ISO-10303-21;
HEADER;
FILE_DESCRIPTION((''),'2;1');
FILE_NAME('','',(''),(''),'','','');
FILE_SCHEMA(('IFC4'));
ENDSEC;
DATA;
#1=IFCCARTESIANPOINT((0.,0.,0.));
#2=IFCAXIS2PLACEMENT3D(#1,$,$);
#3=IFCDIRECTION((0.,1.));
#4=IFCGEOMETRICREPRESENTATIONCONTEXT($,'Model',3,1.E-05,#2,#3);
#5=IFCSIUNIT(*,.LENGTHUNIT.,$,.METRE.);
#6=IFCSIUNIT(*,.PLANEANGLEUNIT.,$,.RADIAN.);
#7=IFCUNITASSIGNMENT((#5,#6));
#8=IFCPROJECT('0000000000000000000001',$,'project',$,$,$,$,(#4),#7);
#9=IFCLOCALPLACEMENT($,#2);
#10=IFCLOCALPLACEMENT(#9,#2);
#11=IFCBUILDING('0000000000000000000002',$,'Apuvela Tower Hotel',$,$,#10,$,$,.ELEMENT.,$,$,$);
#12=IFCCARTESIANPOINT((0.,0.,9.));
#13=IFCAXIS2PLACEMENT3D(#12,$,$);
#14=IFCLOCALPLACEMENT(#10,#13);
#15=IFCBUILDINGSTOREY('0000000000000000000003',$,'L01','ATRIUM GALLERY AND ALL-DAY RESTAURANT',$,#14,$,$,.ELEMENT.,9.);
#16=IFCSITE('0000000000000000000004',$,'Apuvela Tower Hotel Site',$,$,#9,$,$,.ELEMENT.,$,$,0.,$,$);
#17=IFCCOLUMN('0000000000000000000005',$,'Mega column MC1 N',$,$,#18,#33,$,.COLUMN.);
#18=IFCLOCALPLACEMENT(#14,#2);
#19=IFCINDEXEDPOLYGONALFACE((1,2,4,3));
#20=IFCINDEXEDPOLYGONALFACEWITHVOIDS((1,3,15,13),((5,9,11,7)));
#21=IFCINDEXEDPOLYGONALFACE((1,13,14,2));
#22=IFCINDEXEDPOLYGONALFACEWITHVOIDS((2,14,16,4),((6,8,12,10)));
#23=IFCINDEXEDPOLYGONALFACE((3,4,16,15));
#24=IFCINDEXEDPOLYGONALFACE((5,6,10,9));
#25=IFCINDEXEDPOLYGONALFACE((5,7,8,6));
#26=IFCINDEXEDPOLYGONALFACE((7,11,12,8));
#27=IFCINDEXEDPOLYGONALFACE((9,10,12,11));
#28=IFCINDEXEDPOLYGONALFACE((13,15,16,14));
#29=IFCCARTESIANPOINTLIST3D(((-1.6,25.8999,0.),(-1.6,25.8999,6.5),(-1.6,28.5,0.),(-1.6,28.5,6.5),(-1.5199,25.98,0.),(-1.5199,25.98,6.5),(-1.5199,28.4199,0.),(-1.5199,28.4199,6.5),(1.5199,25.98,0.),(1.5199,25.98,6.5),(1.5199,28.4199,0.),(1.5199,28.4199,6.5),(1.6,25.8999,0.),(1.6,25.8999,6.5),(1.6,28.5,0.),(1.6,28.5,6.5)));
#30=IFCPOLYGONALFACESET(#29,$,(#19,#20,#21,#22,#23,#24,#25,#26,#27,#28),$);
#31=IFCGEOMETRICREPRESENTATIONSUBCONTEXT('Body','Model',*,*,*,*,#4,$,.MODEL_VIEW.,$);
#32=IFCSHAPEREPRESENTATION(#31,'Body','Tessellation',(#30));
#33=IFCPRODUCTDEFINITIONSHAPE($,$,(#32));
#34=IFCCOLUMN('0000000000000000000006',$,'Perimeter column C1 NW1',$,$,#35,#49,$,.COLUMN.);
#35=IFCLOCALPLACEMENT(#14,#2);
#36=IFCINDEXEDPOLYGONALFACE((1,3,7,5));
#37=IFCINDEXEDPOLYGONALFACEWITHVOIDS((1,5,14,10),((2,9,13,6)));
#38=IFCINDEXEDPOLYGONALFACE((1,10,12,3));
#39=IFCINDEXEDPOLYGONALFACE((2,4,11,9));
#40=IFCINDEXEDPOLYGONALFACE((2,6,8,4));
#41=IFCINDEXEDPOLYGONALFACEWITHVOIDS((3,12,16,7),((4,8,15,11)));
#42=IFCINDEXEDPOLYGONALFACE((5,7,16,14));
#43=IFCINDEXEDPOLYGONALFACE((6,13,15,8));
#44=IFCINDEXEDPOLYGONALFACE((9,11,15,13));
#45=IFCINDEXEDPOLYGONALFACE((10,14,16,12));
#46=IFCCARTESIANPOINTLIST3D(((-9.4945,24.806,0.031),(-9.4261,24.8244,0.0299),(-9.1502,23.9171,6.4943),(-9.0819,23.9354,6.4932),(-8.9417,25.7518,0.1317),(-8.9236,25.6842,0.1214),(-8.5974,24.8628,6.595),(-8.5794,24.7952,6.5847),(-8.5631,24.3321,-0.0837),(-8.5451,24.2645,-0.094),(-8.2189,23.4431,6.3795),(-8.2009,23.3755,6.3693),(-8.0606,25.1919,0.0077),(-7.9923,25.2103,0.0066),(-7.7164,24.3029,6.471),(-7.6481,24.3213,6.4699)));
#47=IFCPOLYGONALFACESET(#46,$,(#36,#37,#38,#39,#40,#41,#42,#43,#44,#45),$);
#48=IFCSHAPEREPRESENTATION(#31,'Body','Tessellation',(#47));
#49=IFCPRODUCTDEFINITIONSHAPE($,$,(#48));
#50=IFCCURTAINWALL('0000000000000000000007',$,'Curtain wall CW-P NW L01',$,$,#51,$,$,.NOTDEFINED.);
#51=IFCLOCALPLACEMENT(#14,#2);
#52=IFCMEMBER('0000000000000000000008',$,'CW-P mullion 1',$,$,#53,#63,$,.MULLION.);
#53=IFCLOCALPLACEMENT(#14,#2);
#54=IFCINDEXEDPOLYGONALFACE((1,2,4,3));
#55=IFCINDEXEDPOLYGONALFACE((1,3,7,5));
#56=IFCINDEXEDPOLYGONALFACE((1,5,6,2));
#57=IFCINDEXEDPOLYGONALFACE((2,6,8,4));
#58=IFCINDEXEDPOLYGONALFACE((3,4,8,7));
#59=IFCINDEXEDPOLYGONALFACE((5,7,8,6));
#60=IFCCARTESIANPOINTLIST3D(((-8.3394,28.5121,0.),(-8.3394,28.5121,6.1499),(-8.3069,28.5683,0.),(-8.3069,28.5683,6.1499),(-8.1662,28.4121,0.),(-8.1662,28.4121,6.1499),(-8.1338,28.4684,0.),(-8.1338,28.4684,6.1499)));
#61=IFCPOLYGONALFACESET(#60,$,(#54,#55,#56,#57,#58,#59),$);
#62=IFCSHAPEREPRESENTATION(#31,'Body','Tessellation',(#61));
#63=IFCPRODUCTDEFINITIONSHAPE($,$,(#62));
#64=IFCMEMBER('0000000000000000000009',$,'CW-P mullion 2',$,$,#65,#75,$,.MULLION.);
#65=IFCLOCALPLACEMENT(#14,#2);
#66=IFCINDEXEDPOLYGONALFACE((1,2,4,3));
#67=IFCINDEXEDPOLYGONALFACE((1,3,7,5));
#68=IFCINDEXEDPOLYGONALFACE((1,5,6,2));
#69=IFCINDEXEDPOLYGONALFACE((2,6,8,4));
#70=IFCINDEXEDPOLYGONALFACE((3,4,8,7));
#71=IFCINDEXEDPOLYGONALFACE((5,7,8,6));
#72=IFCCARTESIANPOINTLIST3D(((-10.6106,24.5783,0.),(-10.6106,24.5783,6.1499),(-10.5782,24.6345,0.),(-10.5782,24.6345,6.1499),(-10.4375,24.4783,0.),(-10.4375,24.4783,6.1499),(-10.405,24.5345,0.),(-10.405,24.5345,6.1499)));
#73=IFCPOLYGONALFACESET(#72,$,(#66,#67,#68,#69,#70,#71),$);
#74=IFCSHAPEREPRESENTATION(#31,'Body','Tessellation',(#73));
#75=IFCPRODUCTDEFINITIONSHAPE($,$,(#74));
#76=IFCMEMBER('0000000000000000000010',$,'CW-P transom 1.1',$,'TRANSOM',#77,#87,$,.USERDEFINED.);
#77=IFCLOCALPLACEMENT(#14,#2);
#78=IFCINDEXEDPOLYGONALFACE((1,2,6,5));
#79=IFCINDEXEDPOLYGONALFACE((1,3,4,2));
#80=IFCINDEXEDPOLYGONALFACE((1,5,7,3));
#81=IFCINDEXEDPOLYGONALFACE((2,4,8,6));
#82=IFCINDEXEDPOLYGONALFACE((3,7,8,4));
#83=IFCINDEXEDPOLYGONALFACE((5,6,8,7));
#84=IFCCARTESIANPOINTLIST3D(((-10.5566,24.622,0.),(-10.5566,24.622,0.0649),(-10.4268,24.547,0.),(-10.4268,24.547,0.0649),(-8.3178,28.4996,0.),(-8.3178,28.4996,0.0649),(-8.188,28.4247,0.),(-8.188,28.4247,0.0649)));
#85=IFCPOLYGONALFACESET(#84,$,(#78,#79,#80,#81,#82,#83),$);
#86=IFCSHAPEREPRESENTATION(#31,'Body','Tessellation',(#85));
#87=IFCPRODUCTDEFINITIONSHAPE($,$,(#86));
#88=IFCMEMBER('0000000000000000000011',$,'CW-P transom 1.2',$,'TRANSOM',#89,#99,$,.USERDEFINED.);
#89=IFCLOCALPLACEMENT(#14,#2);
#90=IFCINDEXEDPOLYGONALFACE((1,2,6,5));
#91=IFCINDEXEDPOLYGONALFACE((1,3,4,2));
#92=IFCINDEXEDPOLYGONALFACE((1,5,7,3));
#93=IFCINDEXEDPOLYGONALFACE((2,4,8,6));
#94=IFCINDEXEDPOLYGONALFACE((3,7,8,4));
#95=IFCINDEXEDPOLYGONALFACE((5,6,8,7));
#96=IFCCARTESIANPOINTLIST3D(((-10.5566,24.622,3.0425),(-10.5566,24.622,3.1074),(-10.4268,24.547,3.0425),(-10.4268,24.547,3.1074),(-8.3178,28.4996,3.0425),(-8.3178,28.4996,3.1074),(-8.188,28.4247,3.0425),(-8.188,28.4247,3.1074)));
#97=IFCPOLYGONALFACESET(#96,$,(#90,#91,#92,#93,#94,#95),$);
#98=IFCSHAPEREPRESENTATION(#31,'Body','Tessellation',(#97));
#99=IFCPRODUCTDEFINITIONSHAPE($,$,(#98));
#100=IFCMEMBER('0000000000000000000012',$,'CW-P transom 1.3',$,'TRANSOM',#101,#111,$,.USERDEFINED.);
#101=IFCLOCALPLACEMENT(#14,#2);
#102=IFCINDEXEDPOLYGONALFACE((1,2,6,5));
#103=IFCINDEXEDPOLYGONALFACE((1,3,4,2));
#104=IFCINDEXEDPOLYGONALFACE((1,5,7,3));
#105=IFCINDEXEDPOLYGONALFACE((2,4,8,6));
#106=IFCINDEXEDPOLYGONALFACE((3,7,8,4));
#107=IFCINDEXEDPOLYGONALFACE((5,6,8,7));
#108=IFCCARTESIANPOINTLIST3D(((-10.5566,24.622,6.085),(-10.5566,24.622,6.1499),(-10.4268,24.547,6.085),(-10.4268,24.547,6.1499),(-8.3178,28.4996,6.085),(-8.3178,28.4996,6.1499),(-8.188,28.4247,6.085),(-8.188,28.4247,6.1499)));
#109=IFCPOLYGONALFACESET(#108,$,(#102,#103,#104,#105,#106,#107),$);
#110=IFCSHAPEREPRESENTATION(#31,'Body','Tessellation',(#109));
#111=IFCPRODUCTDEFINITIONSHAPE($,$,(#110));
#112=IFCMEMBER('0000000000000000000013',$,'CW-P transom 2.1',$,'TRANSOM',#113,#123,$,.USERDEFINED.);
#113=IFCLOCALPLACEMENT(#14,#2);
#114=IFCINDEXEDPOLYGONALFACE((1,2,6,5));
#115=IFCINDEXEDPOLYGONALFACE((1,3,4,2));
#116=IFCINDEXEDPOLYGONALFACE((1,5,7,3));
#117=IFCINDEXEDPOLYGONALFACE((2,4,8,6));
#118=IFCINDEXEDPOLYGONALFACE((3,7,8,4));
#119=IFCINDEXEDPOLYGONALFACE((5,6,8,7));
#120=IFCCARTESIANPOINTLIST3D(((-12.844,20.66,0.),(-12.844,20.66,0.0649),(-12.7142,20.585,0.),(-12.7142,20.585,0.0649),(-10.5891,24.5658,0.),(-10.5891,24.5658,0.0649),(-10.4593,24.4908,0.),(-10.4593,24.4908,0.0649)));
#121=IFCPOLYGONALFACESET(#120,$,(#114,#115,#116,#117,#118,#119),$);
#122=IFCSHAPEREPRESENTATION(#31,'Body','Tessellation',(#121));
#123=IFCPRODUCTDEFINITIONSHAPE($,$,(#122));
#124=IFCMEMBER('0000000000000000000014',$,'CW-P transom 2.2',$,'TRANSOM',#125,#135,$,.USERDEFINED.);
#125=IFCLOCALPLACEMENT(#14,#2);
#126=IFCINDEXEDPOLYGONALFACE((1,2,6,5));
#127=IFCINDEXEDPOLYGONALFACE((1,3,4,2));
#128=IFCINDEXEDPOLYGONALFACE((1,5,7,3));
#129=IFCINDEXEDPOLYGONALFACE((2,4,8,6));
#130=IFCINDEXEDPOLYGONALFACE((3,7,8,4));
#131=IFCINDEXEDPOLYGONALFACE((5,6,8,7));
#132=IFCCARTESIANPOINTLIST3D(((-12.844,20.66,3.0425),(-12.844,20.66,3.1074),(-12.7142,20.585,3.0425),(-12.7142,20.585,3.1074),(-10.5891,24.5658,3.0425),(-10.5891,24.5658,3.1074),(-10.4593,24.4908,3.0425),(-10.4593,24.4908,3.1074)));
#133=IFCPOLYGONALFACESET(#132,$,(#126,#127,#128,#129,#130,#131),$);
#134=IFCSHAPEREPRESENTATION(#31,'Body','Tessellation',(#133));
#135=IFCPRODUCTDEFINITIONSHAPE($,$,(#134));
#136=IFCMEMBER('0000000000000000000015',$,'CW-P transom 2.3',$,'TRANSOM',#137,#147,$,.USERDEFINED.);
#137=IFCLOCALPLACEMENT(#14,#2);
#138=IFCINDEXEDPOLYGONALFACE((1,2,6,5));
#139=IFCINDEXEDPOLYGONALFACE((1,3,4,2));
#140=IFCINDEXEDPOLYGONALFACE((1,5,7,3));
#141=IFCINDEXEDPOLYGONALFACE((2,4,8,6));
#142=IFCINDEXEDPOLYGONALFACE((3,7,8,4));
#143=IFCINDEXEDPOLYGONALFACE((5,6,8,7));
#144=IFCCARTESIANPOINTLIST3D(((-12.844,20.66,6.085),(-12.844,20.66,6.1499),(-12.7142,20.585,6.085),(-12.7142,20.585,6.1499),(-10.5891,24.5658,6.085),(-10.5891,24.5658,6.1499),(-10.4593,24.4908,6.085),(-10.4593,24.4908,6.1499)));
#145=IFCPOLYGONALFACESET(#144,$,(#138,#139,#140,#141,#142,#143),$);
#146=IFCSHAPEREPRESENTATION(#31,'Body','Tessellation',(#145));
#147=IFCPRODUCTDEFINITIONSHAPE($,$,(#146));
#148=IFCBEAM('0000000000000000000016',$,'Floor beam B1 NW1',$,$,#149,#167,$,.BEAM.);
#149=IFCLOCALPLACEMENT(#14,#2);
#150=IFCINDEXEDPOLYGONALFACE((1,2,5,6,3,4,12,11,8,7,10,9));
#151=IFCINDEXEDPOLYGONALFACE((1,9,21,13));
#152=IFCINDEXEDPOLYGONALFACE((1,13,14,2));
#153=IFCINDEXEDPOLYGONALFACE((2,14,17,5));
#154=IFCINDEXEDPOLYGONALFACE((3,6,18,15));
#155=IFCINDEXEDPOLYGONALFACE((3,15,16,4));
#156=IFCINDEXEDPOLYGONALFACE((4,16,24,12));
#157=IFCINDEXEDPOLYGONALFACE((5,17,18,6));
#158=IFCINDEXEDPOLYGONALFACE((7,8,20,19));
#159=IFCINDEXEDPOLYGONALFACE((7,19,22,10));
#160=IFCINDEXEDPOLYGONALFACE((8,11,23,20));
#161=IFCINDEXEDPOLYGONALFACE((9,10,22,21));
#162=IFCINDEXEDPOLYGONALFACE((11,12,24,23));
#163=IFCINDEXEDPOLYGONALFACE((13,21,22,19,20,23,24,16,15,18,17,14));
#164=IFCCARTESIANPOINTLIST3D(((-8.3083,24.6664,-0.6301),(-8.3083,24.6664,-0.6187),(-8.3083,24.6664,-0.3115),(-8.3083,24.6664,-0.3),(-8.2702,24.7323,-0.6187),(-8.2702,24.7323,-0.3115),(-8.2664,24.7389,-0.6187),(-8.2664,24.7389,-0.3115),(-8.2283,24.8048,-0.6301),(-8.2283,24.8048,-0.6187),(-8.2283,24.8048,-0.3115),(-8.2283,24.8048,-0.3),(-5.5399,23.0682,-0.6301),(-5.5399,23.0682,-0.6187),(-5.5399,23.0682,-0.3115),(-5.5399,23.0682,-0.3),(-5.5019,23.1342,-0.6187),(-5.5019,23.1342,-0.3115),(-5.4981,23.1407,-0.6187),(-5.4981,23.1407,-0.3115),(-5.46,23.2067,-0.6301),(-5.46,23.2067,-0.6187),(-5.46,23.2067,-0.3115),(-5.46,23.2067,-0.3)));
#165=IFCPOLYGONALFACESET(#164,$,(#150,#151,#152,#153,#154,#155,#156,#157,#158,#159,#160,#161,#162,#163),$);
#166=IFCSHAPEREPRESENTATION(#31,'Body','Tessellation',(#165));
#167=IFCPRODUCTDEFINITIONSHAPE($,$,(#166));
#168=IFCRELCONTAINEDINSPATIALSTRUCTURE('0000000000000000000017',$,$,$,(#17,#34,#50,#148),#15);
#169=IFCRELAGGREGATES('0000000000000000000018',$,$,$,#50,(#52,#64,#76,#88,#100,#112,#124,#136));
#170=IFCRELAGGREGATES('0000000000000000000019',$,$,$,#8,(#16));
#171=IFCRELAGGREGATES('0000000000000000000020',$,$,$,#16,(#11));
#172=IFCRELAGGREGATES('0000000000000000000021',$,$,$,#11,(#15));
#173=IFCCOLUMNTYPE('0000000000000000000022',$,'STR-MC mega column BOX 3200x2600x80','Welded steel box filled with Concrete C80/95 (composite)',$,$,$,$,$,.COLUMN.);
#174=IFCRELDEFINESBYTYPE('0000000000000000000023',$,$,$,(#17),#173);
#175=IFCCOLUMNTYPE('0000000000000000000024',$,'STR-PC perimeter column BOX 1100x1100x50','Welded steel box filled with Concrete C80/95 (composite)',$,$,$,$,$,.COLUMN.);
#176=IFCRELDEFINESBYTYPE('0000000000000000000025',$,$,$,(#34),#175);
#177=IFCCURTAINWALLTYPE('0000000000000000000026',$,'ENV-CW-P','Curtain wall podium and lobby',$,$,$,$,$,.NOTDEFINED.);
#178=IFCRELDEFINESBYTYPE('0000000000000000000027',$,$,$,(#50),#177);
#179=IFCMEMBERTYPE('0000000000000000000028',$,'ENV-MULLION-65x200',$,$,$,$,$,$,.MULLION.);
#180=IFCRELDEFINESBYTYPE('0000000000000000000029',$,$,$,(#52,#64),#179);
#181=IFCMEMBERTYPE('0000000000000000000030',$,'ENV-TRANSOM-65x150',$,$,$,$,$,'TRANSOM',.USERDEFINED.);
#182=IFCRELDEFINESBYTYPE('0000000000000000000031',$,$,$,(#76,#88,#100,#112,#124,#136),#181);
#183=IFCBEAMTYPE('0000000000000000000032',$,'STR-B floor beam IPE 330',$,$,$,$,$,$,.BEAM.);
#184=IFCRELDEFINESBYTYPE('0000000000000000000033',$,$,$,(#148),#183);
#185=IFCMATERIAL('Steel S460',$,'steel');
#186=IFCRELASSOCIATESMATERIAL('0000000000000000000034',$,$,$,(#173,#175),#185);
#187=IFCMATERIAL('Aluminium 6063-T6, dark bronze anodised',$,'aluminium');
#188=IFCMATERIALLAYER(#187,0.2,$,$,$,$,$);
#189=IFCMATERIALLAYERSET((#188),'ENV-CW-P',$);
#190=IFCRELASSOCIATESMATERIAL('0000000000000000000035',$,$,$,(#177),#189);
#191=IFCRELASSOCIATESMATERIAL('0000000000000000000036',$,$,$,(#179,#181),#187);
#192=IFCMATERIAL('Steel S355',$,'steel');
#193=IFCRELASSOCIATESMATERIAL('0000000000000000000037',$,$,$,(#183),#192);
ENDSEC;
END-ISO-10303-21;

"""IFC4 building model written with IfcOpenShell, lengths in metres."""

from ifc_helpers import new_model, si_unit, direction, frame, origin, origin_2d, place, context, subcontext, project, spatial, rectangle, hollow_rectangle, i_section, extrude, boolean, halfspace, material, layer, layer_set, material_profile, profile_set, type_object, element, aggregate, save


model = new_model("IFC4")

# Units and contexts
model_context = context("Model", 3, precision=1e-05, world=origin(), true_north=direction((0.0, 1.0)))
body_context = subcontext(model_context, "Body", "Model", "MODEL_VIEW")
ifc_project = project(units=[si_unit("LENGTHUNIT", "METRE"), si_unit("PLANEANGLEUNIT", "RADIAN")], contexts=[model_context])

# Site, building, storey
site_placement = place(None, origin())
site = spatial("IfcSite", under=ifc_project, at=site_placement, Name="Apuvela Tower Hotel Site", CompositionType="ELEMENT", RefElevation=0.0)
building_placement = place(site_placement, origin())
building = spatial("IfcBuilding", under=site, at=building_placement, Name="Apuvela Tower Hotel", CompositionType="ELEMENT")
storey_placement = place(building_placement, frame((0.0, 0.0, 9.0)))
storey = spatial("IfcBuildingStorey", under=building, at=storey_placement, Name="L01", Description="ATRIUM GALLERY AND ALL-DAY RESTAURANT", CompositionType="ELEMENT", Elevation=9.0)

# Columns
ifc_material_1 = material(Name="Steel S460", Category="steel")
ifc_material_profile_1 = material_profile(ifc_material_1, hollow_rectangle(XDim=3.2, YDim=2.6001, WallThickness=0.0801, at=origin_2d()), Name="BOX 3200x2600x80")
ifc_material_2 = material(Name="Concrete C80/95", Category="concrete")
ifc_material_profile_2 = material_profile(ifc_material_2, rectangle(XDim=3.04, YDim=2.4399, at=origin_2d()), Name="Concrete C80/95 infill")
ifc_profile_set_1 = profile_set([ifc_material_profile_1, ifc_material_profile_2], Name="Steel S460")
column_type_1 = type_object("IfcColumnType", Name="STR-MC mega column BOX 3200x2600x80", Description="Welded steel box filled with Concrete C80/95 (composite)", PredefinedType="COLUMN", material=ifc_profile_set_1)
column_1_placement = place(storey_placement, frame((0.0, 27.2, 0.0), z_axis=(0.0, 0.0, 1.0), x_axis=(1.0, 0.0, 0.0)))
element("IfcColumn", 1, at=column_1_placement, inside=storey, type_object=column_type_1, Name="Mega column MC1 N", PredefinedType="COLUMN", context=body_context, shape_type="SweptSolid", body=[
    extrude(hollow_rectangle(XDim=3.2, YDim=2.6001, WallThickness=0.0801, at=origin_2d()), origin(), (0.0, 0.0, 1.0), 6.5),
])
ifc_material_profile_3 = material_profile(ifc_material_1, hollow_rectangle(XDim=1.1001, YDim=1.1001, WallThickness=0.05, at=origin_2d()), Name="BOX 1100x1100x50")
ifc_material_profile_4 = material_profile(ifc_material_2, rectangle(XDim=1.0, YDim=1.0, at=origin_2d()), Name="Concrete C80/95 infill")
ifc_profile_set_2 = profile_set([ifc_material_profile_3, ifc_material_profile_4], Name="Steel S460")
column_type_2 = type_object("IfcColumnType", Name="STR-PC perimeter column BOX 1100x1100x50", Description="Welded steel box filled with Concrete C80/95 (composite)", PredefinedType="COLUMN", material=ifc_profile_set_2)
column_2_placement = place(storey_placement, frame((-8.7444, 25.0107, 0.0), z_axis=(0.05269, -0.136073, 0.989297), x_axis=(0.502493, 0.859727, 0.091488)))
element("IfcColumn", 2, at=column_2_placement, inside=storey, type_object=column_type_2, Name="Perimeter column C1 NW1", PredefinedType="COLUMN", context=body_context, shape_type="SweptSolid", body=[
    boolean("DIFFERENCE", boolean("DIFFERENCE", extrude(hollow_rectangle(XDim=1.1001, YDim=1.1001, WallThickness=0.05, at=origin_2d()), origin(), (0.0, 0.0, 1.0), 6.5703), halfspace(frame((0.0, 0.0, 0.019), z_axis=(0.0, 0.0, 1.0), x_axis=(1.0, 0.0, 0.0)), True)), halfspace(frame((0.0, 0.0, 6.5522), z_axis=(0.0, 0.0, 1.0), x_axis=(1.0, 0.0, 0.0)), False)),
])

# Curtain wall, members
ifc_material_3 = material(Name="Aluminium 6063-T6, dark bronze anodised", Category="aluminium")
ifc_layer_1 = layer(ifc_material_3, 0.2)
ifc_layer_set_1 = layer_set([ifc_layer_1], Name="ENV-CW-P")
curtain_wall_type = type_object("IfcCurtainWallType", Name="ENV-CW-P", Description="Curtain wall podium and lobby", PredefinedType="NOTDEFINED", material=ifc_layer_set_1)
curtain_wall_placement = place(storey_placement, origin())
curtain_wall = element("IfcCurtainWall", 3, at=curtain_wall_placement, inside=storey, type_object=curtain_wall_type, Name="Curtain wall CW-P NW L01", PredefinedType="NOTDEFINED")
ifc_material_profile_5 = material_profile(ifc_material_3, rectangle(XDim=0.2, YDim=0.0649, at=origin_2d()), Name="AL 65x200")
ifc_profile_set_3 = profile_set([ifc_material_profile_5], Name="Aluminium 6063-T6, dark bronze anodised")
member_type_1 = type_object("IfcMemberType", Name="ENV-MULLION-65x200", PredefinedType="MULLION", material=ifc_profile_set_3)
member_1_placement = place(storey_placement, frame((-8.2366, 28.4902, 0.0), z_axis=(0.0, 0.0, 1.0), x_axis=(0.866025, -0.5, 0.0)))
member_1 = element("IfcMember", 4, at=member_1_placement, type_object=member_type_1, Name="CW-P mullion 1", PredefinedType="MULLION", context=body_context, shape_type="SweptSolid", body=[
    extrude(rectangle(XDim=0.2, YDim=0.0649, at=origin_2d()), origin(), (0.0, 0.0, 1.0), 6.1499),
])
member_2_placement = place(storey_placement, frame((-10.5078, 24.5564, 0.0), z_axis=(0.0, 0.0, 1.0), x_axis=(0.866025, -0.5, 0.0)))
member_2 = element("IfcMember", 5, at=member_2_placement, type_object=member_type_1, Name="CW-P mullion 2", PredefinedType="MULLION", context=body_context, shape_type="SweptSolid", body=[
    extrude(rectangle(XDim=0.2, YDim=0.0649, at=origin_2d()), origin(), (0.0, 0.0, 1.0), 6.1499),
])
ifc_material_profile_6 = material_profile(ifc_material_3, rectangle(XDim=0.1499, YDim=0.0649, at=origin_2d()), Name="AL 65x150 transom")
ifc_profile_set_4 = profile_set([ifc_material_profile_6], Name="Aluminium 6063-T6, dark bronze anodised")
member_type_2 = type_object("IfcMemberType", Name="ENV-TRANSOM-65x150", ElementType="TRANSOM", PredefinedType="USERDEFINED", material=ifc_profile_set_4)
member_3_placement = place(storey_placement, frame((-8.2529, 28.4622, 0.0325), z_axis=(-0.499998, -0.866027, 0.0), x_axis=(0.866027, -0.499998, 0.0)))
member_3 = element("IfcMember", 6, at=member_3_placement, type_object=member_type_2, Name="CW-P transom 1.1", ObjectType="TRANSOM", PredefinedType="USERDEFINED", context=body_context, shape_type="SweptSolid", body=[
    extrude(rectangle(XDim=0.1499, YDim=0.0649, at=origin_2d()), origin(), (0.0, 0.0, 1.0), 4.4775),
])
member_4_placement = place(storey_placement, frame((-8.2529, 28.4622, 3.075), z_axis=(-0.499998, -0.866027, 0.0), x_axis=(0.866027, -0.499998, 0.0)))
member_4 = element("IfcMember", 7, at=member_4_placement, type_object=member_type_2, Name="CW-P transom 1.2", ObjectType="TRANSOM", PredefinedType="USERDEFINED", context=body_context, shape_type="SweptSolid", body=[
    extrude(rectangle(XDim=0.1499, YDim=0.0649, at=origin_2d()), origin(), (0.0, 0.0, 1.0), 4.4775),
])
member_5_placement = place(storey_placement, frame((-8.2529, 28.4622, 6.1174), z_axis=(-0.499998, -0.866027, 0.0), x_axis=(0.866027, -0.499998, 0.0)))
member_5 = element("IfcMember", 8, at=member_5_placement, type_object=member_type_2, Name="CW-P transom 1.3", ObjectType="TRANSOM", PredefinedType="USERDEFINED", context=body_context, shape_type="SweptSolid", body=[
    extrude(rectangle(XDim=0.1499, YDim=0.0649, at=origin_2d()), origin(), (0.0, 0.0, 1.0), 4.4775),
])
member_6_placement = place(storey_placement, frame((-10.5242, 24.5283, 0.0325), z_axis=(-0.499982, -0.866036, 0.0), x_axis=(0.866036, -0.499982, 0.0)))
member_6 = element("IfcMember", 9, at=member_6_placement, type_object=member_type_2, Name="CW-P transom 2.1", ObjectType="TRANSOM", PredefinedType="USERDEFINED", context=body_context, shape_type="SweptSolid", body=[
    extrude(rectangle(XDim=0.1499, YDim=0.0649, at=origin_2d()), origin(), (0.0, 0.0, 1.0), 4.51),
])
member_7_placement = place(storey_placement, frame((-10.5242, 24.5283, 3.075), z_axis=(-0.499982, -0.866036, 0.0), x_axis=(0.866036, -0.499982, 0.0)))
member_7 = element("IfcMember", 10, at=member_7_placement, type_object=member_type_2, Name="CW-P transom 2.2", ObjectType="TRANSOM", PredefinedType="USERDEFINED", context=body_context, shape_type="SweptSolid", body=[
    extrude(rectangle(XDim=0.1499, YDim=0.0649, at=origin_2d()), origin(), (0.0, 0.0, 1.0), 4.51),
])
member_8_placement = place(storey_placement, frame((-10.5242, 24.5283, 6.1174), z_axis=(-0.499982, -0.866036, 0.0), x_axis=(0.866036, -0.499982, 0.0)))
member_8 = element("IfcMember", 11, at=member_8_placement, type_object=member_type_2, Name="CW-P transom 2.3", ObjectType="TRANSOM", PredefinedType="USERDEFINED", context=body_context, shape_type="SweptSolid", body=[
    extrude(rectangle(XDim=0.1499, YDim=0.0649, at=origin_2d()), origin(), (0.0, 0.0, 1.0), 4.51),
])

# Beam
ifc_material_4 = material(Name="Steel S355", Category="steel")
ifc_material_profile_7 = material_profile(ifc_material_4, i_section(OverallWidth=0.1599, OverallDepth=0.3301, WebThickness=0.0076, FlangeThickness=0.0115, at=origin_2d()), Name="IPE 330")
ifc_profile_set_5 = profile_set([ifc_material_profile_7], Name="Steel S355")
beam_type_1 = type_object("IfcBeamType", Name="STR-B floor beam IPE 330", PredefinedType="BEAM", material=ifc_profile_set_5)
beam_1_placement = place(storey_placement, frame((-8.2683, 24.7356, -0.4651), z_axis=(0.866044, -0.499967, 0.0), x_axis=(0.499967, 0.866044, 0.0)))
element("IfcBeam", 12, at=beam_1_placement, inside=storey, type_object=beam_type_1, Name="Floor beam B1 NW1", PredefinedType="BEAM", context=body_context, shape_type="SweptSolid", body=[
    extrude(i_section(OverallWidth=0.1599, OverallDepth=0.3301, WebThickness=0.0076, FlangeThickness=0.0115, at=origin_2d()), origin(), (0.0, 0.0, 1.0), 3.1965),
])

aggregate(curtain_wall, [member_1, member_2, member_3, member_4, member_5, member_6, member_7, member_8])

save(model, "model.ifc")
